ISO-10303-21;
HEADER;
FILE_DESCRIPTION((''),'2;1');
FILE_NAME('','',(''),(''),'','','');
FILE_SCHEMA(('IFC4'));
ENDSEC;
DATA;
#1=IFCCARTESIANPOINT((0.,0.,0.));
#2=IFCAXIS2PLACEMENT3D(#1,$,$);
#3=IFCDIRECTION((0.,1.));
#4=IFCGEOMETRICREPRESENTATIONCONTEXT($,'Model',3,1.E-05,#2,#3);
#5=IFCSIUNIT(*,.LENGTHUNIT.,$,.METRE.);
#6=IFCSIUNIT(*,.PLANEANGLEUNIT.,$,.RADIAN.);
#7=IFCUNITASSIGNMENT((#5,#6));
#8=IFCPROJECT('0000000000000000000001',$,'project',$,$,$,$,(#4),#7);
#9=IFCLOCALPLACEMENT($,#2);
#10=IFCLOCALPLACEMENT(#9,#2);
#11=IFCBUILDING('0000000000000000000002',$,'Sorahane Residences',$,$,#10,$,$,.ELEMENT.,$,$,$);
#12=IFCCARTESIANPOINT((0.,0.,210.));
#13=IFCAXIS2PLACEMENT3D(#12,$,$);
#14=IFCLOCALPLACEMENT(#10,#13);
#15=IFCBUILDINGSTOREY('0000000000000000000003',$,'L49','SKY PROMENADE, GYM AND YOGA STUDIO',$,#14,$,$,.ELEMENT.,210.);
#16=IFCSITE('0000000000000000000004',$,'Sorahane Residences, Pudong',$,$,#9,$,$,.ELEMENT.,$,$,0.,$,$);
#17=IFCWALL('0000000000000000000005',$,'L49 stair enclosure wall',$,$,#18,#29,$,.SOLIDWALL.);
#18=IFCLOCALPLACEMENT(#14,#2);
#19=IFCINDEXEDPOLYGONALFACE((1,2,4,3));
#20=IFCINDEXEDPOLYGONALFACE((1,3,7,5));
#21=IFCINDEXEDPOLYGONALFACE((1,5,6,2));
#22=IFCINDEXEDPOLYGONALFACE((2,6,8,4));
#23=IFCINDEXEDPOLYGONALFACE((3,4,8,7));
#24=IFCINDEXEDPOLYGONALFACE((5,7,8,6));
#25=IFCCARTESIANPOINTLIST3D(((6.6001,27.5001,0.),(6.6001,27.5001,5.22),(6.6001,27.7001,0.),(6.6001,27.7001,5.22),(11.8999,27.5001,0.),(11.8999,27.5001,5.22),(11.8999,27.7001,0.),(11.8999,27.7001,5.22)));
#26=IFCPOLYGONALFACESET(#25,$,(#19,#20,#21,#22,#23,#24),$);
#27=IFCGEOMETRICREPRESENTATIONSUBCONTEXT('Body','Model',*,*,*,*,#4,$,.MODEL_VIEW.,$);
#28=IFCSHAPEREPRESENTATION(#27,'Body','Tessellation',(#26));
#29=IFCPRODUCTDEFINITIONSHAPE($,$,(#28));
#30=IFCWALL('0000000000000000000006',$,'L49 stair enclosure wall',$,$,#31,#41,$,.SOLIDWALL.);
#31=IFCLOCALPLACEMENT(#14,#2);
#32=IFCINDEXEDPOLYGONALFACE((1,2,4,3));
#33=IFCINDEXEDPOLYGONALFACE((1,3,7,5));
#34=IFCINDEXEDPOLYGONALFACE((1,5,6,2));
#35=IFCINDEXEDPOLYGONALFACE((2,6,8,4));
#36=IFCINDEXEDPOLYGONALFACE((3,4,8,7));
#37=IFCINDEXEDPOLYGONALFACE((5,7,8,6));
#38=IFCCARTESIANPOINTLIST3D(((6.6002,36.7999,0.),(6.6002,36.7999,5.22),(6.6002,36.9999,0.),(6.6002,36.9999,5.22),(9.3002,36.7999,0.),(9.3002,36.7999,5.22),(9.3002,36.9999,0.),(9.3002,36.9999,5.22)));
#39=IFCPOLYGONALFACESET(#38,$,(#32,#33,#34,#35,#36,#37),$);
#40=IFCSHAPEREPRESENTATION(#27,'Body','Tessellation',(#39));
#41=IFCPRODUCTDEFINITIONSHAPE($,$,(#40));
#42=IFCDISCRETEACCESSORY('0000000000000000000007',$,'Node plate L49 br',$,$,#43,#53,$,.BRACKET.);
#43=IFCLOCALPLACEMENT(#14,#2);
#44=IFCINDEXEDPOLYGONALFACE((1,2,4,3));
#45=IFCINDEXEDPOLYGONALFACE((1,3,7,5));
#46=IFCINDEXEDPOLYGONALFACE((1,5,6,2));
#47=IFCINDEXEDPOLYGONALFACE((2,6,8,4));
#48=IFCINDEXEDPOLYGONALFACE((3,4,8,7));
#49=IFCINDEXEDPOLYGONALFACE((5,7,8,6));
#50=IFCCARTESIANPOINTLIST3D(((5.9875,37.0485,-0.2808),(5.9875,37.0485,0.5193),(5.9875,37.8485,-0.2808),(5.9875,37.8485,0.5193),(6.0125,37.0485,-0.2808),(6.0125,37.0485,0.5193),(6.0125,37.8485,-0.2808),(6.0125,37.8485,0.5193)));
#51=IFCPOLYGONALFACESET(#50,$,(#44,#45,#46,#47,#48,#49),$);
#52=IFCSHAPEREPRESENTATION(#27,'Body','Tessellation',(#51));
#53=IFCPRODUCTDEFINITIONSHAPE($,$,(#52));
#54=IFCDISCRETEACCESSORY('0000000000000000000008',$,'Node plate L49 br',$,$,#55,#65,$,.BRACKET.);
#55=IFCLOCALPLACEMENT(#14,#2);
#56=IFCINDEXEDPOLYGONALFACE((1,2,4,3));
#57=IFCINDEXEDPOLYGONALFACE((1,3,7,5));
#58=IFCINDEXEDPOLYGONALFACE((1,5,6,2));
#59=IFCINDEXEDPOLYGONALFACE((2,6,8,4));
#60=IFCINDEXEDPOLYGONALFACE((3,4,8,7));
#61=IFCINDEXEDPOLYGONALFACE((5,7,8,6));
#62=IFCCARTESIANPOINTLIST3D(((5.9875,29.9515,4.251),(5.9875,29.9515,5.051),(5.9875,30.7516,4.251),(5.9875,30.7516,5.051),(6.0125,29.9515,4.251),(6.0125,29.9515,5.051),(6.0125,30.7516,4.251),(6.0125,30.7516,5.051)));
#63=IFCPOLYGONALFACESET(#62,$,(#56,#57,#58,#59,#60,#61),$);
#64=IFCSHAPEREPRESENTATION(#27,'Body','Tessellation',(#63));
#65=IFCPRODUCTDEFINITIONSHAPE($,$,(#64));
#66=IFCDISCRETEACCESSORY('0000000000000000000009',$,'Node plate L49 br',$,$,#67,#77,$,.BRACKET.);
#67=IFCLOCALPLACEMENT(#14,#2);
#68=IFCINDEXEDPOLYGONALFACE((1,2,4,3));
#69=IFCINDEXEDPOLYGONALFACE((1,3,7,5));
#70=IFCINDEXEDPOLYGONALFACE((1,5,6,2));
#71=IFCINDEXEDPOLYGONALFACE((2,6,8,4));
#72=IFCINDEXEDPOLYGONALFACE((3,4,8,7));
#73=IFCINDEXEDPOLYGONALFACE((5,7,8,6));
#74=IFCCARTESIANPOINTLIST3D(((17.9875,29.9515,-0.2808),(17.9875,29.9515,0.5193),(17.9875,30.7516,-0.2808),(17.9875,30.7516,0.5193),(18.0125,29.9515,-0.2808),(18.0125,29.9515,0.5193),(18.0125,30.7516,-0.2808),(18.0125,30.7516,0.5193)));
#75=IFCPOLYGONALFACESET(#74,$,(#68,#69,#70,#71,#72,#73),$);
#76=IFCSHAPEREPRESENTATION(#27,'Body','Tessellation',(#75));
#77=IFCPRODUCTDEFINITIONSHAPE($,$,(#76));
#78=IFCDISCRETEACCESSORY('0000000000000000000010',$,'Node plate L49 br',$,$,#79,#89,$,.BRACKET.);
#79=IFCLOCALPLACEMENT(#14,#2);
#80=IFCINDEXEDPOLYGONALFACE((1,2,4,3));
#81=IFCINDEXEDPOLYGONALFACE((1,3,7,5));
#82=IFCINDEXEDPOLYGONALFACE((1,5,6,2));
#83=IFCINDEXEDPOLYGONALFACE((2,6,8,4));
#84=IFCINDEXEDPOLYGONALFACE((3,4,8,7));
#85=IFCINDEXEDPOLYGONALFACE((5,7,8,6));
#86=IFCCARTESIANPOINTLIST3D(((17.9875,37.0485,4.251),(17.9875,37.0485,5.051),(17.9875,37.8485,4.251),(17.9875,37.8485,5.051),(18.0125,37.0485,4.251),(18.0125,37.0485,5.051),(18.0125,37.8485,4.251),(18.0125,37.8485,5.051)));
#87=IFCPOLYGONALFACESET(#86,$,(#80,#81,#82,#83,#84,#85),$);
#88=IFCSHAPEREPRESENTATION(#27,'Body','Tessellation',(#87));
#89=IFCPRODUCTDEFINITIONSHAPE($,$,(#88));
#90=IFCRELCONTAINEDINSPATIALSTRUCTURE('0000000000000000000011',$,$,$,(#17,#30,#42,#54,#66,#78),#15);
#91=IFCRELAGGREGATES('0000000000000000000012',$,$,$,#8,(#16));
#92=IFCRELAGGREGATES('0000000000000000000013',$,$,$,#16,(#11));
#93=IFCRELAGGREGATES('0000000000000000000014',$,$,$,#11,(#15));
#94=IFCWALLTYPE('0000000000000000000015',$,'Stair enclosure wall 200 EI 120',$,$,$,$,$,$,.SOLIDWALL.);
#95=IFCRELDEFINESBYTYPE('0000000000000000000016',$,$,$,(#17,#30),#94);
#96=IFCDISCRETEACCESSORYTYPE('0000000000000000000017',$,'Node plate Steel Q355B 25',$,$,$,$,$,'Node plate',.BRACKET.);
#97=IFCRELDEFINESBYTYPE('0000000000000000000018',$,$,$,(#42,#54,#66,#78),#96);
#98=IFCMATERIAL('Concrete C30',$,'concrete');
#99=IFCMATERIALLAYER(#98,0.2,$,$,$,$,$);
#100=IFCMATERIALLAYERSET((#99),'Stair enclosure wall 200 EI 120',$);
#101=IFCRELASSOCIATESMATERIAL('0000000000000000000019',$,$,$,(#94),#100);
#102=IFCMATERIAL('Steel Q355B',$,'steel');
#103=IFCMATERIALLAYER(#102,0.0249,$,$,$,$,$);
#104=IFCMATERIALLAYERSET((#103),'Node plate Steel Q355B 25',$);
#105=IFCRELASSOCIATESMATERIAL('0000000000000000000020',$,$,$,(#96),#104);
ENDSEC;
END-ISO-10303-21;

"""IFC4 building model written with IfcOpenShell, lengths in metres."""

from ifc_helpers import new_model, si_unit, direction, frame, frame_2d, origin, origin_2d, place, context, subcontext, project, spatial, rectangle, extrude, material, layer, layer_set, type_object, element, save


model = new_model("IFC4")

# Units and contexts
model_context = context("Model", 3, precision=1e-05, world=origin(), true_north=direction((0.0, 1.0)))
body_context = subcontext(model_context, "Body", "Model", "MODEL_VIEW")
ifc_project = project(units=[si_unit("LENGTHUNIT", "METRE"), si_unit("PLANEANGLEUNIT", "RADIAN")], contexts=[model_context])

# Site, building, storey
site_placement = place(None, origin())
site = spatial("IfcSite", under=ifc_project, at=site_placement, Name="Sorahane Residences, Pudong", CompositionType="ELEMENT", RefElevation=0.0)
building_placement = place(site_placement, origin())
building = spatial("IfcBuilding", under=site, at=building_placement, Name="Sorahane Residences", CompositionType="ELEMENT")
storey_placement = place(building_placement, frame((0.0, 0.0, 210.0)))
storey = spatial("IfcBuildingStorey", under=building, at=storey_placement, Name="L49", Description="SKY PROMENADE, GYM AND YOGA STUDIO", CompositionType="ELEMENT", Elevation=210.0)

# Walls
ifc_material_1 = material(Name="Concrete C30", Category="concrete")
ifc_layer_1 = layer(ifc_material_1, 0.2)
ifc_layer_set_1 = layer_set([ifc_layer_1], Name="Stair enclosure wall 200 EI 120")
wall_type_1 = type_object("IfcWallType", Name="Stair enclosure wall 200 EI 120", PredefinedType="SOLIDWALL", material=ifc_layer_set_1)
wall_1_placement = place(storey_placement, frame((6.6001, 27.6001, 0.0), z_axis=(0.0, 0.0, 1.0), x_axis=(1.0, 0.0, 0.0)))
element("IfcWall", 1, at=wall_1_placement, inside=storey, type_object=wall_type_1, Name="L49 stair enclosure wall", PredefinedType="SOLIDWALL", context=body_context, shape_type="SweptSolid", body=[
    extrude(rectangle(XDim=5.2998, YDim=0.2, at=frame_2d((2.6499, 0.0))), origin(), (0.0, 0.0, 1.0), 5.22),
])
wall_2_placement = place(storey_placement, frame((6.6001, 36.8999, 0.0), z_axis=(0.0, 0.0, 1.0), x_axis=(1.0, 0.0, 0.0)))
element("IfcWall", 2, at=wall_2_placement, inside=storey, type_object=wall_type_1, Name="L49 stair enclosure wall", PredefinedType="SOLIDWALL", context=body_context, shape_type="SweptSolid", body=[
    extrude(rectangle(XDim=2.7, YDim=0.2, at=frame_2d((1.3501, 0.0))), origin(), (0.0, 0.0, 1.0), 5.22),
])

# Discrete accessories
ifc_material_2 = material(Name="Steel Q355B", Category="steel")
ifc_layer_2 = layer(ifc_material_2, 0.0249)
ifc_layer_set_2 = layer_set([ifc_layer_2], Name="Node plate Steel Q355B 25")
discrete_accessory_type = type_object("IfcDiscreteAccessoryType", Name="Node plate Steel Q355B 25", ElementType="Node plate", PredefinedType="BRACKET", material=ifc_layer_set_2)
for number, where, z_axis, x_axis, name in (
    (3, (6.0, 37.4485, -0.2808), (0.0, 0.0, 1.0), (0.0, 1.0, 0.0), "Node plate L49 br"),
    (4, (6.0, 30.3516, 4.251), (0.0, 0.0, 1.0), (0.0, 1.0, 0.0), "Node plate L49 br"),
    (5, (18.0, 30.3516, -0.2808), (0.0, 0.0, 1.0), (0.0, 1.0, 0.0), "Node plate L49 br"),
    (6, (18.0, 37.4485, 4.251), (0.0, 0.0, 1.0), (0.0, 1.0, 0.0), "Node plate L49 br"),
):
    element("IfcDiscreteAccessory", number, at=place(storey_placement, frame(where, z_axis=z_axis, x_axis=x_axis)), inside=storey, type_object=discrete_accessory_type, Name=name, PredefinedType="BRACKET", context=body_context, shape_type="SweptSolid", body=[
        extrude(rectangle(XDim=0.8, YDim=0.0249, at=origin_2d()), origin(), (0.0, 0.0, 1.0), 0.8),
    ])

save(model, "model.ifc")
